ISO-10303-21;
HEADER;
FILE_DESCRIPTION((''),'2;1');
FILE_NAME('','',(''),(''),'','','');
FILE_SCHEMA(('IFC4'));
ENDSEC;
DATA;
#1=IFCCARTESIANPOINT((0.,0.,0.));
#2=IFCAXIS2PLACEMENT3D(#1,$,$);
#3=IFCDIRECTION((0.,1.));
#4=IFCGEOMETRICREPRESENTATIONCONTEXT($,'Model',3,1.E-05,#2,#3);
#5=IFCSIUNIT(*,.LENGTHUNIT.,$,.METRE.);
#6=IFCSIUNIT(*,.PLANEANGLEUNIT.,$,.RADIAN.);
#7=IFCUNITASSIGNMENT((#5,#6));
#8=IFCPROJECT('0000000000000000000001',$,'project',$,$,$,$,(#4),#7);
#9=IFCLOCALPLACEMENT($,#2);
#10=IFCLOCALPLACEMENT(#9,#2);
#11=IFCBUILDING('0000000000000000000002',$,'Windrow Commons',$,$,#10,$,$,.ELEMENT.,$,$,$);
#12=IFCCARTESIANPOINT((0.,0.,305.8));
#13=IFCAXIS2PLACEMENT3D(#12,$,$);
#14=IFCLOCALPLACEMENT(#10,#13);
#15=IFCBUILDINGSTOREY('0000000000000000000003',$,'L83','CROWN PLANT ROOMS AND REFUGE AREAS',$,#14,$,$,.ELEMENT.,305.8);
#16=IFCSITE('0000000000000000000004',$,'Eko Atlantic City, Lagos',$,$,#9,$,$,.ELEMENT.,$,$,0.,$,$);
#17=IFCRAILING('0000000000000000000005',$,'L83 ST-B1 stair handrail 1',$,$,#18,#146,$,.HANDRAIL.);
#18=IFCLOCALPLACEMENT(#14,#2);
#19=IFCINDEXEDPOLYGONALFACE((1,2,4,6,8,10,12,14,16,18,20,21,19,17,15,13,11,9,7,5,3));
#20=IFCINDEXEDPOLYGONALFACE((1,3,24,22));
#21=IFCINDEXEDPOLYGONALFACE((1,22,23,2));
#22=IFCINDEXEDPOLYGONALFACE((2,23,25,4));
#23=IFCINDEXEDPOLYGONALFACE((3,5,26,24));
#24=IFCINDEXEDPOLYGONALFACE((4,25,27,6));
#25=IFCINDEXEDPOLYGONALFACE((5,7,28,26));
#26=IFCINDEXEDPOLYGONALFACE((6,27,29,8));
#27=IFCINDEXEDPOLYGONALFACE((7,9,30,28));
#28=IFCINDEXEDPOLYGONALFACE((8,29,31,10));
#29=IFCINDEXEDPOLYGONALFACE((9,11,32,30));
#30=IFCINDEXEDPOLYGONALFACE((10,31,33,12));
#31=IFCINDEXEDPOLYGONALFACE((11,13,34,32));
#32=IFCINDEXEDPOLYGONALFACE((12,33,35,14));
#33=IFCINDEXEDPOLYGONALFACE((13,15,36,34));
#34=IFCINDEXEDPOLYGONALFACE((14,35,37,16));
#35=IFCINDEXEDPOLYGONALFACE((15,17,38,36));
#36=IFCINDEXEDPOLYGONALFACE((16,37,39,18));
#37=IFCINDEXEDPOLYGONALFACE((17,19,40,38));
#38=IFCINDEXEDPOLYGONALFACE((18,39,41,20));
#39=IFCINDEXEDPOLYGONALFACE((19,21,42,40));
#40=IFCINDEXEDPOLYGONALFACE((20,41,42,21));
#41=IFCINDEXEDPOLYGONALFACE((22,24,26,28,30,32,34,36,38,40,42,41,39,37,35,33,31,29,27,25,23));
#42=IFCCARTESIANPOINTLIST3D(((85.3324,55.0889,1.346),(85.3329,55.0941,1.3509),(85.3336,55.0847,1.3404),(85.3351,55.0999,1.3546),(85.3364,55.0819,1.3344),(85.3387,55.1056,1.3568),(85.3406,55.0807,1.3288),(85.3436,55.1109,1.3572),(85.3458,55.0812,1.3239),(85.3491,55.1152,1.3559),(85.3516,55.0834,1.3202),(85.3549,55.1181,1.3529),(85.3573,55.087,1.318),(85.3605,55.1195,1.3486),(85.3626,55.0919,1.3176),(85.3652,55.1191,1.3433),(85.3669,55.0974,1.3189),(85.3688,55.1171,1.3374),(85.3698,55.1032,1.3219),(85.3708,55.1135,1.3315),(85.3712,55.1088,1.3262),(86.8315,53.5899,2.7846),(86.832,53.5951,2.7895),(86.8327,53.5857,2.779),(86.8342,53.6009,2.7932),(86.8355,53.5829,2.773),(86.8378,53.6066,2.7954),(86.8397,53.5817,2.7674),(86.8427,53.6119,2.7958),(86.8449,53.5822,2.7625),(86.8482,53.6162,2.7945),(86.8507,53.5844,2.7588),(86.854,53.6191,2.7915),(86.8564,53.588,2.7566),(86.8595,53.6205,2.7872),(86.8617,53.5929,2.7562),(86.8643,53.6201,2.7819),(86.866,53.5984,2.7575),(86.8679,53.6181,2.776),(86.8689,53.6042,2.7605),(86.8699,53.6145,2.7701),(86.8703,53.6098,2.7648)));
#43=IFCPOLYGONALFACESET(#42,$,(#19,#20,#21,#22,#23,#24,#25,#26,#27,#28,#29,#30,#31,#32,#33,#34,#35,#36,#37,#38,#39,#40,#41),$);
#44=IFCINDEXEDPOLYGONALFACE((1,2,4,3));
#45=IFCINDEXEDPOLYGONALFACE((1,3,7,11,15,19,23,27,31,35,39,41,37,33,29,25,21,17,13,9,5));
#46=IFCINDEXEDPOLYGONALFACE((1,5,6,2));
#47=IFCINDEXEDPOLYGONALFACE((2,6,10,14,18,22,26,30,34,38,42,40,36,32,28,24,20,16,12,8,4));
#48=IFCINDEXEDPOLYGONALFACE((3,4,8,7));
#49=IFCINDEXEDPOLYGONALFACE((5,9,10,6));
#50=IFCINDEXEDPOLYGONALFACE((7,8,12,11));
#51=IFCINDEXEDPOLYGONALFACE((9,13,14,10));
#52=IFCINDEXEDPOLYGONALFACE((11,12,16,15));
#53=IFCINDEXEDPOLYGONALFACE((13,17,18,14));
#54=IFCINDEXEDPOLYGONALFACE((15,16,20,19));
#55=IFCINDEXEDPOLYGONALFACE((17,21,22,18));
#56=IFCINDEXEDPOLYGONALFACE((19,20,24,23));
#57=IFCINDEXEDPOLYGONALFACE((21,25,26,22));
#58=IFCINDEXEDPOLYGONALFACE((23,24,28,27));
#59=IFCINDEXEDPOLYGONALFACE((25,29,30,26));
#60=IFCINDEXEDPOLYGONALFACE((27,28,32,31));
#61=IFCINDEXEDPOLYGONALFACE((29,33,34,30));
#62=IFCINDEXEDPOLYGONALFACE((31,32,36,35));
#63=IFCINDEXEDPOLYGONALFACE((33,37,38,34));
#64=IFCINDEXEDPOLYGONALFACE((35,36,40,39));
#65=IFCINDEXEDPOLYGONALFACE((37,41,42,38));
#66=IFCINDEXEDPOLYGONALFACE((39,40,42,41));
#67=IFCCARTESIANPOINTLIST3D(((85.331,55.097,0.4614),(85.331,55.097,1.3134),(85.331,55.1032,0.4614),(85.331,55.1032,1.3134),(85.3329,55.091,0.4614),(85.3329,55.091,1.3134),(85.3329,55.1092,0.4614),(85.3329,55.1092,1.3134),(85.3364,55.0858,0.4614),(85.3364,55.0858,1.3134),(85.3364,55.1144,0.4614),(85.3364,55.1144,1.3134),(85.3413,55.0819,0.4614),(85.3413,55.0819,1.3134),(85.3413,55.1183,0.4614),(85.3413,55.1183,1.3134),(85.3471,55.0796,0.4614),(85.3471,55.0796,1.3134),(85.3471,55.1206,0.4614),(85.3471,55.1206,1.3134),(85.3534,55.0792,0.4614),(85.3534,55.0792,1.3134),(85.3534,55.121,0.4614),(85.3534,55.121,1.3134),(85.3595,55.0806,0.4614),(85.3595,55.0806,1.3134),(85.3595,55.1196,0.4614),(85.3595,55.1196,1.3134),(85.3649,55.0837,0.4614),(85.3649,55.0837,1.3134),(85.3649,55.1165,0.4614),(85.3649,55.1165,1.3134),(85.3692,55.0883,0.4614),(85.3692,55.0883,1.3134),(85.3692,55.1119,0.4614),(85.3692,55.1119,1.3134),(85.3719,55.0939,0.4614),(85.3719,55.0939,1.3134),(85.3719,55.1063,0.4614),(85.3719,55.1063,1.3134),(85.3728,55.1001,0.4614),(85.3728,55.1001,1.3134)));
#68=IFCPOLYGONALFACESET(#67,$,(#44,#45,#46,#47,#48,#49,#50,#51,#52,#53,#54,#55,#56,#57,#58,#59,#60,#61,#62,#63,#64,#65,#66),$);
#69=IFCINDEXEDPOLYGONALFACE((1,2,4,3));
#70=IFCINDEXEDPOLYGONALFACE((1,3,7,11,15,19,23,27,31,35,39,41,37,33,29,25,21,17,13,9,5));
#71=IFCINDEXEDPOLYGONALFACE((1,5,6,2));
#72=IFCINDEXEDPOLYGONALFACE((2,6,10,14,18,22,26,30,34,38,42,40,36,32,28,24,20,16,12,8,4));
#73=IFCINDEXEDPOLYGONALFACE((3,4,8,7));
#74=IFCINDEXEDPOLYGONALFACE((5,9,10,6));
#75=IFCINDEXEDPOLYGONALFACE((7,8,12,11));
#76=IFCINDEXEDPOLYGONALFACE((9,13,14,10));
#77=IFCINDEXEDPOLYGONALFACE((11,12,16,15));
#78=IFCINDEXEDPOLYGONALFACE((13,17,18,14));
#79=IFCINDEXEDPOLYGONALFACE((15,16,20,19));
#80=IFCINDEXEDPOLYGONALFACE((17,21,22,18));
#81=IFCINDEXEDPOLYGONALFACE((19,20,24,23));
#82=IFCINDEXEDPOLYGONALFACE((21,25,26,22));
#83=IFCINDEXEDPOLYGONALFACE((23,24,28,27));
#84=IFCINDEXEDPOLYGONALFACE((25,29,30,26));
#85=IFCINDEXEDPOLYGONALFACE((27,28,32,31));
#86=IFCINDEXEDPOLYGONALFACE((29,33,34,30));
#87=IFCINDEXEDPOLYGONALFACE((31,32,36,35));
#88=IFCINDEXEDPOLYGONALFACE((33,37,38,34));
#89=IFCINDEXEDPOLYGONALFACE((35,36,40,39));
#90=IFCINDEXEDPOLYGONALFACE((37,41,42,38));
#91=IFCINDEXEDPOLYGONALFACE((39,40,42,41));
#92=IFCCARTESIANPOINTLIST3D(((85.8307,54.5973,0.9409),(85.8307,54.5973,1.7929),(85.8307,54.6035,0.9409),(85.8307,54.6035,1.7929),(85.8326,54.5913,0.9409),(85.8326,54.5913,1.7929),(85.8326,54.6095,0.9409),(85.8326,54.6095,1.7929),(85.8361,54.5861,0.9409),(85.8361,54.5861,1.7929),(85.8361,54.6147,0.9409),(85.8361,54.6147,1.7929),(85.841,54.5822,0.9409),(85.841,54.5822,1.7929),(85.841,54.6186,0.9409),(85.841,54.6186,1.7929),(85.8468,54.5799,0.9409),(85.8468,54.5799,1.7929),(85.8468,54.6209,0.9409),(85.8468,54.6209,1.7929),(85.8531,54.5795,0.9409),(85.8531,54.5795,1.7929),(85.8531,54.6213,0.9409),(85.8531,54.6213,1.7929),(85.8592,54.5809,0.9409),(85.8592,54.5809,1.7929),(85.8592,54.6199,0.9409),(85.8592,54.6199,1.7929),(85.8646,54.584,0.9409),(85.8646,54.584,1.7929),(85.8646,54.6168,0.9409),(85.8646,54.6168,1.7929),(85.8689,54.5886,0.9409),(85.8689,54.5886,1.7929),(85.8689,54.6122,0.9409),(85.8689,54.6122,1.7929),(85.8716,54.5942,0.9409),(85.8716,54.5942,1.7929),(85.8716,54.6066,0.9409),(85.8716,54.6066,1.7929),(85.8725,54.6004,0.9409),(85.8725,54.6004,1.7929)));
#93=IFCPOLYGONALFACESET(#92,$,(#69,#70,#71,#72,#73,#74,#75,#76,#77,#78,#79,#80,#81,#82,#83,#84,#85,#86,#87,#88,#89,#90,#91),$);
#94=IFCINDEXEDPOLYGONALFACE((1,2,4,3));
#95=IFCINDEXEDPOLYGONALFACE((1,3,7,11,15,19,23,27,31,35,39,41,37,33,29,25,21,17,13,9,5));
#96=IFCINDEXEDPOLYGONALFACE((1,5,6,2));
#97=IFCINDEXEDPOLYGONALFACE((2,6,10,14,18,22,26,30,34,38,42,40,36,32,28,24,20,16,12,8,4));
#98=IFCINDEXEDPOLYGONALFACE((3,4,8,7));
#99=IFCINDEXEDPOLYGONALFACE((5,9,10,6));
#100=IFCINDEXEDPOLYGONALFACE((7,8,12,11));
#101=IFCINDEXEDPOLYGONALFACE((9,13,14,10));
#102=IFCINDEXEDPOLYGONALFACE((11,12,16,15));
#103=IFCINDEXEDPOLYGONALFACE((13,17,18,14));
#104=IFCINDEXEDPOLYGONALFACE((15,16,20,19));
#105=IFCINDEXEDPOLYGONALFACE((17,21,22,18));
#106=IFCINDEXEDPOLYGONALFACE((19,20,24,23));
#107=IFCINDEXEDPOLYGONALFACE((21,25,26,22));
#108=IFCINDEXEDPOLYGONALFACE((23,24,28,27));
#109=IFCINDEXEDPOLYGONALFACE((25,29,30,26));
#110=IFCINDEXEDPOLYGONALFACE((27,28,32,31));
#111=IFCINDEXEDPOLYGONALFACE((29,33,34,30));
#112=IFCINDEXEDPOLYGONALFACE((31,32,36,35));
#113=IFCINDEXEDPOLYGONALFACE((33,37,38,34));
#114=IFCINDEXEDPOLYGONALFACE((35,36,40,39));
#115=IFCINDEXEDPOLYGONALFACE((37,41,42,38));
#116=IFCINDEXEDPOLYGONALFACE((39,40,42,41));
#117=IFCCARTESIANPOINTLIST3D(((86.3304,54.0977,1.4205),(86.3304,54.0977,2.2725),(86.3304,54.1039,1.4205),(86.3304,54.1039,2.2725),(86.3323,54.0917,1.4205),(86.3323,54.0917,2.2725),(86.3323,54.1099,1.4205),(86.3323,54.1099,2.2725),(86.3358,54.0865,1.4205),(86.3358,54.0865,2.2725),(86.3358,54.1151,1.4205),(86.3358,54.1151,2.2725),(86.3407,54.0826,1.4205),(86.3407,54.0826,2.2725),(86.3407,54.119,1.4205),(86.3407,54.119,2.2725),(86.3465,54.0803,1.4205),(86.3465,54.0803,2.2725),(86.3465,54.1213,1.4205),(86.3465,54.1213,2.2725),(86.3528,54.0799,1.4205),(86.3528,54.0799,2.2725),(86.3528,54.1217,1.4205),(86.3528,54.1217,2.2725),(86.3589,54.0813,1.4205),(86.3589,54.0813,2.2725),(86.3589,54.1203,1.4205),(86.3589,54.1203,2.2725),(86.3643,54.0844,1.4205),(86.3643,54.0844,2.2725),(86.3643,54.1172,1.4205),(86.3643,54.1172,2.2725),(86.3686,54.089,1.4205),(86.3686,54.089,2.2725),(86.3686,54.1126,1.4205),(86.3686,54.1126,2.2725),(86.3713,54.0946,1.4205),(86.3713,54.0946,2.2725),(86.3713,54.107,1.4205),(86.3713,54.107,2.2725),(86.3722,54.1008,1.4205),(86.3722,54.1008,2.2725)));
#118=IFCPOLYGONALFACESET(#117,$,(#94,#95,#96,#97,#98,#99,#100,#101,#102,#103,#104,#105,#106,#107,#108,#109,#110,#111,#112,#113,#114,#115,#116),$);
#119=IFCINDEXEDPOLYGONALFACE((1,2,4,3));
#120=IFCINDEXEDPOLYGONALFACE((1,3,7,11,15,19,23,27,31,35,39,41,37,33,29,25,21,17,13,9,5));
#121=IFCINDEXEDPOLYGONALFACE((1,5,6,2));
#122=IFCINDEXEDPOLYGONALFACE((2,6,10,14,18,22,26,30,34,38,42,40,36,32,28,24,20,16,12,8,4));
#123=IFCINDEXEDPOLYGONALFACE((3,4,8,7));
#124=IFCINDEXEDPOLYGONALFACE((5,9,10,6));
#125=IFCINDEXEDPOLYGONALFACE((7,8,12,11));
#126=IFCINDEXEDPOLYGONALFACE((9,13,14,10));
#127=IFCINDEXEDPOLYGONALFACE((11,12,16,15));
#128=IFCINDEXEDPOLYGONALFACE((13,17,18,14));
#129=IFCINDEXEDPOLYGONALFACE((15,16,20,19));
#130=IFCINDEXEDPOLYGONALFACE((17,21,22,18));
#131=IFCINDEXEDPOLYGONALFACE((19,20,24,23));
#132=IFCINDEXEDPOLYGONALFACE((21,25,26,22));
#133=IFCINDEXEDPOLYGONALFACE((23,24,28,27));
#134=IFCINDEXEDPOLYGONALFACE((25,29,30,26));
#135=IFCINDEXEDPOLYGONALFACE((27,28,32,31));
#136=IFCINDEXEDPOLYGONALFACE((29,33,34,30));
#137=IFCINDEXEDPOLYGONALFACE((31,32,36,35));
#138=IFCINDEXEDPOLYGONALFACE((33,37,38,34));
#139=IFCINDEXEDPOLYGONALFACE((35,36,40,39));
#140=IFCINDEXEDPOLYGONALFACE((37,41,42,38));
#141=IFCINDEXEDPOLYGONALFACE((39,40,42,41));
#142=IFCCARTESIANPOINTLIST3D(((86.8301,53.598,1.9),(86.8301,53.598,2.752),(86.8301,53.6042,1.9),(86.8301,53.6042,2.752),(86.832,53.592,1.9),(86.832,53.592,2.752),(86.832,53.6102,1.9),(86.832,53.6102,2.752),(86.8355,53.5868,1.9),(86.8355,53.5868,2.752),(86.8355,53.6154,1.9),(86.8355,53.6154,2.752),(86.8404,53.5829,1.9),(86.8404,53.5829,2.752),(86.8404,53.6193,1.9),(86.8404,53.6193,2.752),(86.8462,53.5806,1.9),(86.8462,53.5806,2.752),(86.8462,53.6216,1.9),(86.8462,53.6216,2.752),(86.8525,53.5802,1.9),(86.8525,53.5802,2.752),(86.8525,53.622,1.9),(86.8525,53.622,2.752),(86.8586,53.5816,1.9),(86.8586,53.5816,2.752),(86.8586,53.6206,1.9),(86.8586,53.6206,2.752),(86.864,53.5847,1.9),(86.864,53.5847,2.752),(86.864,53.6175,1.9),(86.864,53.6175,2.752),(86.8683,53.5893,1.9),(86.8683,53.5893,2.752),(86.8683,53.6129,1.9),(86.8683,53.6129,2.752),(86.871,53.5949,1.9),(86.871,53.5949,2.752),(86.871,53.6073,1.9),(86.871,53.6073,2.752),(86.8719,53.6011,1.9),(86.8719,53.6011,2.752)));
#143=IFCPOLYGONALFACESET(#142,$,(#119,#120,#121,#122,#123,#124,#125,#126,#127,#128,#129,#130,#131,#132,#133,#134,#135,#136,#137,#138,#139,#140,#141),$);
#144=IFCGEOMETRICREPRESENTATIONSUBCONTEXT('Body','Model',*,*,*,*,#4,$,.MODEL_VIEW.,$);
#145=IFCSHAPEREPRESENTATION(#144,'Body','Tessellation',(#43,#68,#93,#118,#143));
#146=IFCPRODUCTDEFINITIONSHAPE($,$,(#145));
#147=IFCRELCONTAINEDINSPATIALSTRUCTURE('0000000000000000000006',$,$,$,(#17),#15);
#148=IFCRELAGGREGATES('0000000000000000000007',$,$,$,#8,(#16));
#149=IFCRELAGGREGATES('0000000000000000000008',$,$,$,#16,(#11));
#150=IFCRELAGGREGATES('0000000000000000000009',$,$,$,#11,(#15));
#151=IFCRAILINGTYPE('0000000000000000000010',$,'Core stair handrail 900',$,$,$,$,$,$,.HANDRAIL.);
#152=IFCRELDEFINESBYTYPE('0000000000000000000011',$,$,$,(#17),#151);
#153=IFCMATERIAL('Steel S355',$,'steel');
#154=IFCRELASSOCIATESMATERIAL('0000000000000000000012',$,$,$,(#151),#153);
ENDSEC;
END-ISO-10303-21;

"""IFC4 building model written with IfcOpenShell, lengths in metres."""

from ifc_helpers import new_model, si_unit, direction, frame, origin, origin_2d, place, context, subcontext, project, spatial, circle, extrude, material, type_object, element, save


model = new_model("IFC4")

# Units and contexts
model_context = context("Model", 3, precision=1e-05, world=origin(), true_north=direction((0.0, 1.0)))
body_context = subcontext(model_context, "Body", "Model", "MODEL_VIEW")
ifc_project = project(units=[si_unit("LENGTHUNIT", "METRE"), si_unit("PLANEANGLEUNIT", "RADIAN")], contexts=[model_context])

# Site, building, storey
site_placement = place(None, origin())
site = spatial("IfcSite", under=ifc_project, at=site_placement, Name="Eko Atlantic City, Lagos", CompositionType="ELEMENT", RefElevation=0.0)
building_placement = place(site_placement, origin())
building = spatial("IfcBuilding", under=site, at=building_placement, Name="Windrow Commons", CompositionType="ELEMENT")
storey_placement = place(building_placement, frame((0.0, 0.0, 305.8)))
storey = spatial("IfcBuildingStorey", under=building, at=storey_placement, Name="L83", Description="CROWN PLANT ROOMS AND REFUGE AREAS", CompositionType="ELEMENT", Elevation=305.8)

# Railing
ifc_material_1 = material(Name="Steel S355", Category="steel")
railing_type_1 = type_object("IfcRailingType", Name="Core stair handrail 900", PredefinedType="HANDRAIL", material=ifc_material_1)
railing_1_placement = place(storey_placement, frame((85.3518, 55.1001, 0.4614)))
element("IfcRailing", 1, at=railing_1_placement, inside=storey, type_object=railing_type_1, Name="L83 ST-B1 stair handrail 1", PredefinedType="HANDRAIL", context=body_context, shape_type="SweptSolid", body=[
    extrude(circle(Radius=0.024, at=origin_2d()), frame((0.0, 0.0, 0.876), z_axis=(0.585128, -0.585089, 0.561513), x_axis=(0.707083, 0.70713, 0.0)), (0.0, 0.0, 1.0), 2.562),
    extrude(circle(Radius=0.021, at=origin_2d()), origin(), (0.0, 0.0, 1.0), 0.852),
    extrude(circle(Radius=0.021, at=origin_2d()), frame((0.4997, -0.4997, 0.4795)), (0.0, 0.0, 1.0), 0.852),
    extrude(circle(Radius=0.021, at=origin_2d()), frame((0.9994, -0.9993, 0.9591)), (0.0, 0.0, 1.0), 0.852),
    extrude(circle(Radius=0.021, at=origin_2d()), frame((1.4991, -1.499, 1.4386)), (0.0, 0.0, 1.0), 0.852),
])

save(model, "model.ifc")
